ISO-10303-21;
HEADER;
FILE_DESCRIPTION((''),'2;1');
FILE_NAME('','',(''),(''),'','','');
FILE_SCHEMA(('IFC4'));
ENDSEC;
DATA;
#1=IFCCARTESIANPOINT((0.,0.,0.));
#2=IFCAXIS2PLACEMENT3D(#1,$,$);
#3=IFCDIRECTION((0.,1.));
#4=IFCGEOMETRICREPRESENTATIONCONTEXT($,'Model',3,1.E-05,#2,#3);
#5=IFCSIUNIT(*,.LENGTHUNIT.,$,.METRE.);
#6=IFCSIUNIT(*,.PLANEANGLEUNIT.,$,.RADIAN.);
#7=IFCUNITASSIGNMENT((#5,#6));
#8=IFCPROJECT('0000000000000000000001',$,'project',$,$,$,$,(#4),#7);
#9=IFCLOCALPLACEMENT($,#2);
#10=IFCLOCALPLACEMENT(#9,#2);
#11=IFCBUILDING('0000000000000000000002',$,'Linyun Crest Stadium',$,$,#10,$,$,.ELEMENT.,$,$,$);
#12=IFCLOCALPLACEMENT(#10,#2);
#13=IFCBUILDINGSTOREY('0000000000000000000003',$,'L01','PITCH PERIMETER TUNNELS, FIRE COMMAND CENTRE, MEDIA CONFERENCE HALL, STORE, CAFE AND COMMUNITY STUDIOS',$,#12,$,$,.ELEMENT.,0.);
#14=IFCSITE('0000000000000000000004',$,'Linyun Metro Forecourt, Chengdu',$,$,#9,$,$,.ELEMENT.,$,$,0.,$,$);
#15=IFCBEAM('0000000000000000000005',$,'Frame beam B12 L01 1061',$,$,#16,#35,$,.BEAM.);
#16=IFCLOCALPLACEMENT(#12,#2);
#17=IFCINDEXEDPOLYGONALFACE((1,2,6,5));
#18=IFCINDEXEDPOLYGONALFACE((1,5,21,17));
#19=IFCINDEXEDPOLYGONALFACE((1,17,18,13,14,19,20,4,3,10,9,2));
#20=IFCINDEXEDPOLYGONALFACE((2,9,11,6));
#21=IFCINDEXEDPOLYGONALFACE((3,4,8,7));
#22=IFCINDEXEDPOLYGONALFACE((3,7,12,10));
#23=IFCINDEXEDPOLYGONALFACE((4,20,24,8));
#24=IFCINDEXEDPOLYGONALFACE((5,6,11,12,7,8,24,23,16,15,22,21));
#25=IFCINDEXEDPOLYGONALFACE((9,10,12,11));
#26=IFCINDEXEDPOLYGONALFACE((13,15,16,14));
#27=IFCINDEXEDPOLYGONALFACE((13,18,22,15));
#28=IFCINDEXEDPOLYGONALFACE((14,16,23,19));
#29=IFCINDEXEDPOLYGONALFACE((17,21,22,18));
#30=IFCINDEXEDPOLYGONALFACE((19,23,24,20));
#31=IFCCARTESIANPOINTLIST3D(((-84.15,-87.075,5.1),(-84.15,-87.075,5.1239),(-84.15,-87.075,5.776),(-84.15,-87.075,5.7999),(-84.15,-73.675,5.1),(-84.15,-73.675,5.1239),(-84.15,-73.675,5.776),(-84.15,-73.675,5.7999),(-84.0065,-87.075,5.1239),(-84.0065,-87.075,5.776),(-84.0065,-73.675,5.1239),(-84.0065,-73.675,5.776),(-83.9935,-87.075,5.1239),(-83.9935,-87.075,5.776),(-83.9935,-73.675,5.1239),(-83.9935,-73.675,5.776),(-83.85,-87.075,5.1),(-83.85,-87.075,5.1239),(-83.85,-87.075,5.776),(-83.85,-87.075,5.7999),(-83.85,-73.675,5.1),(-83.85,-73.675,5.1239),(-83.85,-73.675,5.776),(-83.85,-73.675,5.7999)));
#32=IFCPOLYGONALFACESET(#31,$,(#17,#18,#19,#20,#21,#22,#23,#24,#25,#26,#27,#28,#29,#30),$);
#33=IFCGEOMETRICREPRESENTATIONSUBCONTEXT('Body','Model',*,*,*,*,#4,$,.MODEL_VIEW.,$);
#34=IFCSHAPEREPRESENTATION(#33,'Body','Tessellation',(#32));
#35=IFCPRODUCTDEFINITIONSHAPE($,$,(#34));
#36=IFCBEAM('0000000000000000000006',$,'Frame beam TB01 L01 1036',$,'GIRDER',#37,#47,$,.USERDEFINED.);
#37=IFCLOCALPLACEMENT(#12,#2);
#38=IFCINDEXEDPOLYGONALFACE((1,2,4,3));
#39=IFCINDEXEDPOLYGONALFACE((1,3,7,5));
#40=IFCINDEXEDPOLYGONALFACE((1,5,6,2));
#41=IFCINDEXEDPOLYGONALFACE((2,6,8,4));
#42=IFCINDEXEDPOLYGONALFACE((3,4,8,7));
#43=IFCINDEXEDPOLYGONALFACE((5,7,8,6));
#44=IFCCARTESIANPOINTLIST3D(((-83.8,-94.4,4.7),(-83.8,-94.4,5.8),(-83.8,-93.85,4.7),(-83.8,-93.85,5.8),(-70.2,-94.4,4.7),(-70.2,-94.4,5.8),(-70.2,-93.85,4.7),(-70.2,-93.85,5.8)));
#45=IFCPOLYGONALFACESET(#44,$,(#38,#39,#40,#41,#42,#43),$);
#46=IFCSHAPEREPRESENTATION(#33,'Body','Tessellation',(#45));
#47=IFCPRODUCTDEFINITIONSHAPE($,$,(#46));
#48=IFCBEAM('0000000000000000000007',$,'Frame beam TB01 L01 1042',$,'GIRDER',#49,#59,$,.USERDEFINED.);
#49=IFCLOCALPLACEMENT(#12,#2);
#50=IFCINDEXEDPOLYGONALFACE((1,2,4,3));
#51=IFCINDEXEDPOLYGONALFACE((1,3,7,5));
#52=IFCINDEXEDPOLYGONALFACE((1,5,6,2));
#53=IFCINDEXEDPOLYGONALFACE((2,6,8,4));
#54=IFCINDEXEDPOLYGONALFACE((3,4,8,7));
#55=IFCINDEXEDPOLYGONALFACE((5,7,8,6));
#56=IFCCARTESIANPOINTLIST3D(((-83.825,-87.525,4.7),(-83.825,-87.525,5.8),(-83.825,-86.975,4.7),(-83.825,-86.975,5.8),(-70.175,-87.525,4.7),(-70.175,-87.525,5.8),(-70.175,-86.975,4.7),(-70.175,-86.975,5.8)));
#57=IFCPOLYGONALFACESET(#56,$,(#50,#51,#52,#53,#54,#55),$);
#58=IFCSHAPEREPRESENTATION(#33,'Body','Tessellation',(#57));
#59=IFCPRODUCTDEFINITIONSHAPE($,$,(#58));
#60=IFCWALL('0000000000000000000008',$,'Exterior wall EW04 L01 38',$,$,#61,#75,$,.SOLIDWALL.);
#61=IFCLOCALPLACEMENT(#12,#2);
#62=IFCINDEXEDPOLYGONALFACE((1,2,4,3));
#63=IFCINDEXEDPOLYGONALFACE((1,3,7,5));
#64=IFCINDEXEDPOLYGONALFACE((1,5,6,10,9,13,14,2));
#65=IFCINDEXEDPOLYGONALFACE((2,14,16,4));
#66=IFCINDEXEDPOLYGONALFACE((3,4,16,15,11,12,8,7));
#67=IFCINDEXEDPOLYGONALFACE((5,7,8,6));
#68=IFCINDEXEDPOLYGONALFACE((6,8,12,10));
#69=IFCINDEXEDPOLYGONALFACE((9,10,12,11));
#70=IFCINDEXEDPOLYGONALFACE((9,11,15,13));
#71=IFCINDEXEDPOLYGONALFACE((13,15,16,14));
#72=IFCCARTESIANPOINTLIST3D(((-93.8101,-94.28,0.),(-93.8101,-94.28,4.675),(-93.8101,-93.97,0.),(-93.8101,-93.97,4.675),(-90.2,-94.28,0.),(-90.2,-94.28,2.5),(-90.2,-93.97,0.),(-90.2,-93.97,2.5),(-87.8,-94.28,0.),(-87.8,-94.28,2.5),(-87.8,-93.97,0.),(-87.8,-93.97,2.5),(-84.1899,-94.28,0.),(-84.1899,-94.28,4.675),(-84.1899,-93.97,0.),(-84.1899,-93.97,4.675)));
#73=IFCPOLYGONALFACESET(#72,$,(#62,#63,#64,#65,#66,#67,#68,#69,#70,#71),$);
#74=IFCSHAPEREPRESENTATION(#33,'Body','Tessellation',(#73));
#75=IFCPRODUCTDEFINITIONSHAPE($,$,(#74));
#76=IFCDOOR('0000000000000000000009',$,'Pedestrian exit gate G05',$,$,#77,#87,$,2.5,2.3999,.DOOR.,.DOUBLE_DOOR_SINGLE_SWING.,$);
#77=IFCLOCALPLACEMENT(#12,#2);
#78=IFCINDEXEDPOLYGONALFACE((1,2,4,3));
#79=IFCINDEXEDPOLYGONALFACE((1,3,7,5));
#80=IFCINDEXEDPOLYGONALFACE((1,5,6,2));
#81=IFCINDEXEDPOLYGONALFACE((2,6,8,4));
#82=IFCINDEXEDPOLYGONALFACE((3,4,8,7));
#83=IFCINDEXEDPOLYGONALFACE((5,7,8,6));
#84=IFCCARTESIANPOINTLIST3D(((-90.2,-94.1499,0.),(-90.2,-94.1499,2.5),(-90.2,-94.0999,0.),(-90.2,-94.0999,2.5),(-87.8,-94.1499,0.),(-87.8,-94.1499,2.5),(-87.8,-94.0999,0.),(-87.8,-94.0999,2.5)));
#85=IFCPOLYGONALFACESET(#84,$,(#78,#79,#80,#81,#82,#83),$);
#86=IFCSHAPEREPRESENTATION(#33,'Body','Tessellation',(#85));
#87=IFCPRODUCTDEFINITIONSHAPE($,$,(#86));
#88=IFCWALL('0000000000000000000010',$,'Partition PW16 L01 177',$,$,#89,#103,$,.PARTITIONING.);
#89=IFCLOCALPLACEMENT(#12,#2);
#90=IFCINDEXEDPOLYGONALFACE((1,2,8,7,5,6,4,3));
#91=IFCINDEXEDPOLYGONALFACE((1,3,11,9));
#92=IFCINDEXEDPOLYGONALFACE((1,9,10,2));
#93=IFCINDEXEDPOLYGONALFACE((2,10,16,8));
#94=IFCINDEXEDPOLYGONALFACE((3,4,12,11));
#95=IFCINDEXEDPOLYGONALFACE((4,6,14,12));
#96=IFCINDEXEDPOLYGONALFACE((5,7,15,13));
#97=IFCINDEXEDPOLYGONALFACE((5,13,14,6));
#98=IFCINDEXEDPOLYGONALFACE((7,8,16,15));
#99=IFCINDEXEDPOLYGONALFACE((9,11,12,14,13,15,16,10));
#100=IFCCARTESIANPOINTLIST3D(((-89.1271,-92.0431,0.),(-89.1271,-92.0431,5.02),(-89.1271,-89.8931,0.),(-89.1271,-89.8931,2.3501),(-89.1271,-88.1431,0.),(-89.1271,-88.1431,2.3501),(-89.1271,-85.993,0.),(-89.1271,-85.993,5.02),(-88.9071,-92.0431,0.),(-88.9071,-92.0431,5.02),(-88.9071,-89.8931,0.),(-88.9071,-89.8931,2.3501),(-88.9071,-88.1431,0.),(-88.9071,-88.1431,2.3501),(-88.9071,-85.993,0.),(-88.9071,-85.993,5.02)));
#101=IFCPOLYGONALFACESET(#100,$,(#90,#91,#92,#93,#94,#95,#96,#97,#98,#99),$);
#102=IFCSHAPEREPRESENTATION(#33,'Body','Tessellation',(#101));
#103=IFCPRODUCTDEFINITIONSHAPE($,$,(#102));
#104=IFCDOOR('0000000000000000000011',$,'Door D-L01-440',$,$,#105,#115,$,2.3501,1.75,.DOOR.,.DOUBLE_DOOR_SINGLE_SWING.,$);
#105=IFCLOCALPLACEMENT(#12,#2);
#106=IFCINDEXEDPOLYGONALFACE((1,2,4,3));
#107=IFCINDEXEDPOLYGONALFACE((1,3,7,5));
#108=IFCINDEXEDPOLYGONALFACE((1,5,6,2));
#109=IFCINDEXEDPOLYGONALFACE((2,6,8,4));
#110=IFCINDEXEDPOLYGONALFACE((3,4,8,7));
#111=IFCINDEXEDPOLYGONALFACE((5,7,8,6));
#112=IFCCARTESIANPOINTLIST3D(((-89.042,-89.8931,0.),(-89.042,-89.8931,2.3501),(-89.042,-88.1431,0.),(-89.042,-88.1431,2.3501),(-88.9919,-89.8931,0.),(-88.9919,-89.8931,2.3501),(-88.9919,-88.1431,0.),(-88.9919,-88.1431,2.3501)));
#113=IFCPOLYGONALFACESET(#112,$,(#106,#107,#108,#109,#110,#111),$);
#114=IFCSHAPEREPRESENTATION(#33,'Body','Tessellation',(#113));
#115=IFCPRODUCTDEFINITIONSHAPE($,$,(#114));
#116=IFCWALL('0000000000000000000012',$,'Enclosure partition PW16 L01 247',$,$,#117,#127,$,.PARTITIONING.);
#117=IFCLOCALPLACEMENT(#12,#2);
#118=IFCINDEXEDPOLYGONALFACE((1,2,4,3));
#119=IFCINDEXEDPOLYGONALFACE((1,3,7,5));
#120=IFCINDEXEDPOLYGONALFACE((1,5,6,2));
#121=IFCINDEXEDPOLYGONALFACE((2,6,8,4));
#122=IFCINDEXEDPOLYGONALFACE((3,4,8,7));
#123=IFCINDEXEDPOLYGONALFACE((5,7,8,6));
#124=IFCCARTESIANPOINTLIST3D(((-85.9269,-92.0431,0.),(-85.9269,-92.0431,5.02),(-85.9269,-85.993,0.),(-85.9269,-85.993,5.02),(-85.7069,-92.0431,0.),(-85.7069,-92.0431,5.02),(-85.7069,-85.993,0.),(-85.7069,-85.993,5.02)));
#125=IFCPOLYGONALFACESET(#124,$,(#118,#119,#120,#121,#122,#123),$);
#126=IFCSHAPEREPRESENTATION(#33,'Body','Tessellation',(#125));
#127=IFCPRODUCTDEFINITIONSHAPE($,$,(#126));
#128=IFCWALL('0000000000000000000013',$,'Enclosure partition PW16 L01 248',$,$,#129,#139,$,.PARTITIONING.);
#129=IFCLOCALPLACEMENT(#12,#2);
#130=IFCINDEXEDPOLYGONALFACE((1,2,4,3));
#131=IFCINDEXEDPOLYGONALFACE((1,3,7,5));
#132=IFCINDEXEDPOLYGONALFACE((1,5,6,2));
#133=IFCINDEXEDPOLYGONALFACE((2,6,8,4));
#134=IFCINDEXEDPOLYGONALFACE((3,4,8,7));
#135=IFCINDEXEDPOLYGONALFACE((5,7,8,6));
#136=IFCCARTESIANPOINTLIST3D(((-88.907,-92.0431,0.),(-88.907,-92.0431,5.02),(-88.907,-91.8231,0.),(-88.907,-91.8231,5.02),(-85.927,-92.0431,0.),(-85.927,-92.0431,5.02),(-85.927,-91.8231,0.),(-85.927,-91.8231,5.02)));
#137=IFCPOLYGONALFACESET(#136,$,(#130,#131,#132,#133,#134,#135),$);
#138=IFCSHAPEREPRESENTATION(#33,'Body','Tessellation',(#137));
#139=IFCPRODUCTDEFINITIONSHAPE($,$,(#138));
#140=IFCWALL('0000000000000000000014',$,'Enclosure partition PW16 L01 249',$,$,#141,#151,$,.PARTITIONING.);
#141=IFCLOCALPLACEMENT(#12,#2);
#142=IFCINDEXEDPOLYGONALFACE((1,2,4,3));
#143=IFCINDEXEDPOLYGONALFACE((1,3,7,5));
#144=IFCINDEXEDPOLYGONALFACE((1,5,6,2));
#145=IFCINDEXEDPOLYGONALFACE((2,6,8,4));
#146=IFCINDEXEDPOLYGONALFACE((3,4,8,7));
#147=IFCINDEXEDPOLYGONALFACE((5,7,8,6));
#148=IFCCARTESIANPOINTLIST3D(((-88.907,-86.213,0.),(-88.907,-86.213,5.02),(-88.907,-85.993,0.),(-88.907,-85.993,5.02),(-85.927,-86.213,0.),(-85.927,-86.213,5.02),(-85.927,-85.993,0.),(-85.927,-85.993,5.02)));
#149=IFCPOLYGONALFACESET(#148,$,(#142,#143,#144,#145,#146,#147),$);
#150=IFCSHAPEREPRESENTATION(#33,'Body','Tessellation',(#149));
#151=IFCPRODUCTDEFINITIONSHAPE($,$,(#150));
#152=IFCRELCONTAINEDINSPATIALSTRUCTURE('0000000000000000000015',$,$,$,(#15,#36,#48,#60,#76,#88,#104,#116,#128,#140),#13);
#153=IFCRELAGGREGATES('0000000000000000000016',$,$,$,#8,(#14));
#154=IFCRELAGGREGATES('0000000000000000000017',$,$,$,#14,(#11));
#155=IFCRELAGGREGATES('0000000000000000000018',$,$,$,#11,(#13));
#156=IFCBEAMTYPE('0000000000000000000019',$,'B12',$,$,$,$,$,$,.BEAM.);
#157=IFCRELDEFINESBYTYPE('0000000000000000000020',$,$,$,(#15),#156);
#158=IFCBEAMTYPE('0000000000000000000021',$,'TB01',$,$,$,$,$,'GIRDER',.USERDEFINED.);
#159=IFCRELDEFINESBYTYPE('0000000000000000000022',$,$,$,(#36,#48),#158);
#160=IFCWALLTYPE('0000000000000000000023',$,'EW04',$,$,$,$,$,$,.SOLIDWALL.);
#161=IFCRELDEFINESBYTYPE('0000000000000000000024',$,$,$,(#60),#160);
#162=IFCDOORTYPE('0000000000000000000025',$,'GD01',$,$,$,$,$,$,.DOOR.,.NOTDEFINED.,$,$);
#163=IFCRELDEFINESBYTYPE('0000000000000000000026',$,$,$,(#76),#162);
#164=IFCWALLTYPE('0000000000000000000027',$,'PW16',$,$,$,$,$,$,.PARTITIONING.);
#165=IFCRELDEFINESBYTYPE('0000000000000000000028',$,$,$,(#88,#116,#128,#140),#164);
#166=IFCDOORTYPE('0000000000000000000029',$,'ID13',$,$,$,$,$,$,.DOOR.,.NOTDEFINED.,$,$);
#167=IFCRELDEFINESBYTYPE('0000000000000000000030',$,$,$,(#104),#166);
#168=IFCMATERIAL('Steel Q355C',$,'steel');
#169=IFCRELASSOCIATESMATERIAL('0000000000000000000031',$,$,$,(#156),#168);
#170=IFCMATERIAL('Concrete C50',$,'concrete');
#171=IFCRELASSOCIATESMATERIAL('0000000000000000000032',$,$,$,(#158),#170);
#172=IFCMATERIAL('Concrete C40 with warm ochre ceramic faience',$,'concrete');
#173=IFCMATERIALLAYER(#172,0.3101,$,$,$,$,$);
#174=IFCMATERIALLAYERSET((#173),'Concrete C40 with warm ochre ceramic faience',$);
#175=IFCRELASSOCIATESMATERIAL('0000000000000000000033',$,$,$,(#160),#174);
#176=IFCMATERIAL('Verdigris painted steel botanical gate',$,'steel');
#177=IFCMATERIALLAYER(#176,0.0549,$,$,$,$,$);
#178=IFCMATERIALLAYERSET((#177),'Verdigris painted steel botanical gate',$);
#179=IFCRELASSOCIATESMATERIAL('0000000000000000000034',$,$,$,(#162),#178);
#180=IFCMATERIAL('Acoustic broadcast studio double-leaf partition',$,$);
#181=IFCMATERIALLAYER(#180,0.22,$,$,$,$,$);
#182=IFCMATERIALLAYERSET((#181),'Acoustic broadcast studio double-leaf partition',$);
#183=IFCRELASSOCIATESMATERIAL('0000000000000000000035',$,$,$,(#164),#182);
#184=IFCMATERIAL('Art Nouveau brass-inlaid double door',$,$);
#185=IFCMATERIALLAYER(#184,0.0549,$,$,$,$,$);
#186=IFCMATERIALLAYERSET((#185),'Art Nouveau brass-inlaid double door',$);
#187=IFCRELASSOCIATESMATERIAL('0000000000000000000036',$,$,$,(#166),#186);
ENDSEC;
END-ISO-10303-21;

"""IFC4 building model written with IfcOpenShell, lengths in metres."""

from ifc_helpers import new_model, si_unit, direction, frame, frame_2d, origin, origin_2d, place, context, subcontext, project, spatial, rectangle, i_section, extrude, material, layer, layer_set, material_profile, profile_set, type_object, element, fill, save


model = new_model("IFC4")

# Units and contexts
model_context = context("Model", 3, precision=1e-05, world=origin(), true_north=direction((0.0, 1.0)))
body_context = subcontext(model_context, "Body", "Model", "MODEL_VIEW")
ifc_project = project(units=[si_unit("LENGTHUNIT", "METRE"), si_unit("PLANEANGLEUNIT", "RADIAN")], contexts=[model_context])

# Site, building, storey
site_placement = place(None, origin())
site = spatial("IfcSite", under=ifc_project, at=site_placement, Name="Linyun Metro Forecourt, Chengdu", CompositionType="ELEMENT", RefElevation=0.0)
building_placement = place(site_placement, origin())
building = spatial("IfcBuilding", under=site, at=building_placement, Name="Linyun Crest Stadium", CompositionType="ELEMENT")
storey_placement = place(building_placement, origin())
storey = spatial("IfcBuildingStorey", under=building, at=storey_placement, Name="L01", Description="PITCH PERIMETER TUNNELS, FIRE COMMAND CENTRE, MEDIA CONFERENCE HALL, STORE, CAFE AND COMMUNITY STUDIOS", CompositionType="ELEMENT", Elevation=0.0)

# Beams
ifc_material_1 = material(Name="Steel Q355C", Category="steel")
ifc_material_profile_1 = material_profile(ifc_material_1, i_section(OverallWidth=0.3, OverallDepth=0.7, WebThickness=0.0129, FlangeThickness=0.0239, at=origin_2d()), Name="HN 700x300")
ifc_profile_set_1 = profile_set([ifc_material_profile_1], Name="Steel Q355C")
beam_type_1 = type_object("IfcBeamType", Name="B12", PredefinedType="BEAM", material=ifc_profile_set_1)
beam_1_placement = place(storey_placement, frame((-84.0, -87.075, 5.45), z_axis=(0.0, 1.0, 0.0), x_axis=(-1.0, 0.0, 0.0)))
element("IfcBeam", 1, at=beam_1_placement, inside=storey, type_object=beam_type_1, Name="Frame beam B12 L01 1061", PredefinedType="BEAM", context=body_context, shape_type="SweptSolid", body=[
    extrude(i_section(OverallWidth=0.3, OverallDepth=0.7, WebThickness=0.0129, FlangeThickness=0.0239, at=origin_2d()), origin(), (0.0, 0.0, 1.0), 13.3999),
])
ifc_material_2 = material(Name="Concrete C50", Category="concrete")
ifc_material_profile_2 = material_profile(ifc_material_2, rectangle(XDim=0.55, YDim=1.1001, at=origin_2d()), Name="RCB 1100x550")
ifc_profile_set_2 = profile_set([ifc_material_profile_2], Name="Concrete C50")
beam_type_2 = type_object("IfcBeamType", Name="TB01", ElementType="GIRDER", PredefinedType="USERDEFINED", material=ifc_profile_set_2)
beam_2_placement = place(storey_placement, frame((-83.8, -94.125, 5.25), z_axis=(1.0, 0.0, 0.0), x_axis=(0.0, 1.0, 0.0)))
element("IfcBeam", 2, at=beam_2_placement, inside=storey, type_object=beam_type_2, Name="Frame beam TB01 L01 1036", ObjectType="GIRDER", PredefinedType="USERDEFINED", context=body_context, shape_type="SweptSolid", body=[
    extrude(rectangle(XDim=0.55, YDim=1.1001, at=origin_2d()), origin(), (0.0, 0.0, 1.0), 13.6001),
])
beam_3_placement = place(storey_placement, frame((-83.825, -87.25, 5.25), z_axis=(1.0, 0.0, 0.0), x_axis=(0.0, 1.0, 0.0)))
element("IfcBeam", 3, at=beam_3_placement, inside=storey, type_object=beam_type_2, Name="Frame beam TB01 L01 1042", ObjectType="GIRDER", PredefinedType="USERDEFINED", context=body_context, shape_type="SweptSolid", body=[
    extrude(rectangle(XDim=0.55, YDim=1.1001, at=origin_2d()), origin(), (0.0, 0.0, 1.0), 13.6499),
])

# Walls, openings, doors
ifc_material_3 = material(Name="Concrete C40 with warm ochre ceramic faience", Category="concrete")
ifc_layer_1 = layer(ifc_material_3, 0.3101)
ifc_layer_set_1 = layer_set([ifc_layer_1], Name="Concrete C40 with warm ochre ceramic faience")
wall_type_1 = type_object("IfcWallType", Name="EW04", PredefinedType="SOLIDWALL", material=ifc_layer_set_1)
wall_1_placement = place(storey_placement, frame((-84.1899, -94.125, 0.0), z_axis=(0.0, 0.0, 1.0), x_axis=(-1.0, 0.0, 0.0)))
wall_1 = element("IfcWall", 4, at=wall_1_placement, inside=storey, type_object=wall_type_1, Name="Exterior wall EW04 L01 38", PredefinedType="SOLIDWALL", context=body_context, shape_type="SweptSolid", body=[
    extrude(rectangle(XDim=9.6201, YDim=0.3101, at=frame_2d((4.8101, 0.0))), origin(), (0.0, 0.0, 1.0), 4.675),
])
opening_1_placement = place(wall_1_placement, frame((3.6101, 0.0, 0.0)))
opening_1 = element("IfcOpeningElement", 5, at=opening_1_placement, cuts=wall_1, PredefinedType="OPENING", context=body_context, shape_type="SweptSolid", body=[
    extrude(rectangle(XDim=2.3999, YDim=2.5, at=frame_2d((1.2, 1.25))), frame((0.0, 0.165, 0.0), z_axis=(0.0, -1.0, 0.0), x_axis=(1.0, 0.0, 0.0)), (0.0, 0.0, 1.0), 0.3301),
])
ifc_material_4 = material(Name="Verdigris painted steel botanical gate", Category="steel")
ifc_layer_2 = layer(ifc_material_4, 0.0549)
ifc_layer_set_2 = layer_set([ifc_layer_2], Name="Verdigris painted steel botanical gate")
door_type_1 = type_object("IfcDoorType", Name="GD01", OperationType="NOTDEFINED", PredefinedType="DOOR", material=ifc_layer_set_2)
door_1_placement = place(opening_1_placement, origin())
door_1 = element("IfcDoor", 6, at=door_1_placement, inside=storey, type_object=door_type_1, Name="Pedestrian exit gate G05", OperationType="DOUBLE_DOOR_SINGLE_SWING", OverallHeight=2.5, OverallWidth=2.3999, PredefinedType="DOOR", context=body_context, shape_type="SweptSolid", body=[
    extrude(rectangle(XDim=2.3999, YDim=2.5, at=frame_2d((1.2, 1.25))), frame((0.0, 0.0249, 0.0), z_axis=(0.0, -1.0, 0.0), x_axis=(1.0, 0.0, 0.0)), (0.0, 0.0, 1.0), 0.05),
])
fill(opening_1, door_1)
ifc_material_5 = material(Name="Acoustic broadcast studio double-leaf partition")
ifc_layer_3 = layer(ifc_material_5, 0.22)
ifc_layer_set_3 = layer_set([ifc_layer_3], Name="Acoustic broadcast studio double-leaf partition")
wall_type_2 = type_object("IfcWallType", Name="PW16", PredefinedType="PARTITIONING", material=ifc_layer_set_3)
wall_2_placement = place(storey_placement, frame((-89.0171, -92.043, 0.0), z_axis=(0.0, 0.0, 1.0), x_axis=(0.0, 1.0, 0.0)))
wall_2 = element("IfcWall", 7, at=wall_2_placement, inside=storey, type_object=wall_type_2, Name="Partition PW16 L01 177", PredefinedType="PARTITIONING", context=body_context, shape_type="SweptSolid", body=[
    extrude(rectangle(XDim=6.05, YDim=0.22, at=frame_2d((3.0249, 0.0))), origin(), (0.0, 0.0, 1.0), 5.02),
])
opening_2_placement = place(wall_2_placement, frame((2.1499, 0.0, 0.0)))
opening_2 = element("IfcOpeningElement", 8, at=opening_2_placement, cuts=wall_2, PredefinedType="OPENING", context=body_context, shape_type="SweptSolid", body=[
    extrude(rectangle(XDim=1.75, YDim=2.3501, at=frame_2d((0.875, 1.175))), frame((0.0, 0.1199, 0.0), z_axis=(0.0, -1.0, 0.0), x_axis=(1.0, 0.0, 0.0)), (0.0, 0.0, 1.0), 0.24),
])
ifc_material_6 = material(Name="Art Nouveau brass-inlaid double door")
ifc_layer_4 = layer(ifc_material_6, 0.0549)
ifc_layer_set_4 = layer_set([ifc_layer_4], Name="Art Nouveau brass-inlaid double door")
door_type_2 = type_object("IfcDoorType", Name="ID13", OperationType="NOTDEFINED", PredefinedType="DOOR", material=ifc_layer_set_4)
door_2_placement = place(opening_2_placement, origin())
door_2 = element("IfcDoor", 9, at=door_2_placement, inside=storey, type_object=door_type_2, Name="Door D-L01-440", OperationType="DOUBLE_DOOR_SINGLE_SWING", OverallHeight=2.3501, OverallWidth=1.75, PredefinedType="DOOR", context=body_context, shape_type="SweptSolid", body=[
    extrude(rectangle(XDim=1.75, YDim=2.3501, at=frame_2d((0.875, 1.175))), frame((0.0, 0.0249, 0.0), z_axis=(0.0, -1.0, 0.0), x_axis=(1.0, 0.0, 0.0)), (0.0, 0.0, 1.0), 0.05),
])
fill(opening_2, door_2)

# Walls
wall_3_placement = place(storey_placement, frame((-85.8169, -92.043, 0.0), z_axis=(0.0, 0.0, 1.0), x_axis=(0.0, 1.0, 0.0)))
element("IfcWall", 10, at=wall_3_placement, inside=storey, type_object=wall_type_2, Name="Enclosure partition PW16 L01 247", PredefinedType="PARTITIONING", context=body_context, shape_type="SweptSolid", body=[
    extrude(rectangle(XDim=6.05, YDim=0.22, at=frame_2d((3.0249, 0.0))), origin(), (0.0, 0.0, 1.0), 5.02),
])
for number, where, z_axis, x_axis, name in (
    (11, (-88.907, -91.9331, 0.0), (0.0, 0.0, 1.0), (1.0, 0.0, 0.0), "Enclosure partition PW16 L01 248"),
    (12, (-88.907, -86.103, 0.0), (0.0, 0.0, 1.0), (1.0, 0.0, 0.0), "Enclosure partition PW16 L01 249"),
):
    element("IfcWall", number, at=place(storey_placement, frame(where, z_axis=z_axis, x_axis=x_axis)), inside=storey, type_object=wall_type_2, Name=name, PredefinedType="PARTITIONING", context=body_context, shape_type="SweptSolid", body=[
        extrude(rectangle(XDim=2.98, YDim=0.22, at=frame_2d((1.49, 0.0))), origin(), (0.0, 0.0, 1.0), 5.02),
    ])

save(model, "model.ifc")
